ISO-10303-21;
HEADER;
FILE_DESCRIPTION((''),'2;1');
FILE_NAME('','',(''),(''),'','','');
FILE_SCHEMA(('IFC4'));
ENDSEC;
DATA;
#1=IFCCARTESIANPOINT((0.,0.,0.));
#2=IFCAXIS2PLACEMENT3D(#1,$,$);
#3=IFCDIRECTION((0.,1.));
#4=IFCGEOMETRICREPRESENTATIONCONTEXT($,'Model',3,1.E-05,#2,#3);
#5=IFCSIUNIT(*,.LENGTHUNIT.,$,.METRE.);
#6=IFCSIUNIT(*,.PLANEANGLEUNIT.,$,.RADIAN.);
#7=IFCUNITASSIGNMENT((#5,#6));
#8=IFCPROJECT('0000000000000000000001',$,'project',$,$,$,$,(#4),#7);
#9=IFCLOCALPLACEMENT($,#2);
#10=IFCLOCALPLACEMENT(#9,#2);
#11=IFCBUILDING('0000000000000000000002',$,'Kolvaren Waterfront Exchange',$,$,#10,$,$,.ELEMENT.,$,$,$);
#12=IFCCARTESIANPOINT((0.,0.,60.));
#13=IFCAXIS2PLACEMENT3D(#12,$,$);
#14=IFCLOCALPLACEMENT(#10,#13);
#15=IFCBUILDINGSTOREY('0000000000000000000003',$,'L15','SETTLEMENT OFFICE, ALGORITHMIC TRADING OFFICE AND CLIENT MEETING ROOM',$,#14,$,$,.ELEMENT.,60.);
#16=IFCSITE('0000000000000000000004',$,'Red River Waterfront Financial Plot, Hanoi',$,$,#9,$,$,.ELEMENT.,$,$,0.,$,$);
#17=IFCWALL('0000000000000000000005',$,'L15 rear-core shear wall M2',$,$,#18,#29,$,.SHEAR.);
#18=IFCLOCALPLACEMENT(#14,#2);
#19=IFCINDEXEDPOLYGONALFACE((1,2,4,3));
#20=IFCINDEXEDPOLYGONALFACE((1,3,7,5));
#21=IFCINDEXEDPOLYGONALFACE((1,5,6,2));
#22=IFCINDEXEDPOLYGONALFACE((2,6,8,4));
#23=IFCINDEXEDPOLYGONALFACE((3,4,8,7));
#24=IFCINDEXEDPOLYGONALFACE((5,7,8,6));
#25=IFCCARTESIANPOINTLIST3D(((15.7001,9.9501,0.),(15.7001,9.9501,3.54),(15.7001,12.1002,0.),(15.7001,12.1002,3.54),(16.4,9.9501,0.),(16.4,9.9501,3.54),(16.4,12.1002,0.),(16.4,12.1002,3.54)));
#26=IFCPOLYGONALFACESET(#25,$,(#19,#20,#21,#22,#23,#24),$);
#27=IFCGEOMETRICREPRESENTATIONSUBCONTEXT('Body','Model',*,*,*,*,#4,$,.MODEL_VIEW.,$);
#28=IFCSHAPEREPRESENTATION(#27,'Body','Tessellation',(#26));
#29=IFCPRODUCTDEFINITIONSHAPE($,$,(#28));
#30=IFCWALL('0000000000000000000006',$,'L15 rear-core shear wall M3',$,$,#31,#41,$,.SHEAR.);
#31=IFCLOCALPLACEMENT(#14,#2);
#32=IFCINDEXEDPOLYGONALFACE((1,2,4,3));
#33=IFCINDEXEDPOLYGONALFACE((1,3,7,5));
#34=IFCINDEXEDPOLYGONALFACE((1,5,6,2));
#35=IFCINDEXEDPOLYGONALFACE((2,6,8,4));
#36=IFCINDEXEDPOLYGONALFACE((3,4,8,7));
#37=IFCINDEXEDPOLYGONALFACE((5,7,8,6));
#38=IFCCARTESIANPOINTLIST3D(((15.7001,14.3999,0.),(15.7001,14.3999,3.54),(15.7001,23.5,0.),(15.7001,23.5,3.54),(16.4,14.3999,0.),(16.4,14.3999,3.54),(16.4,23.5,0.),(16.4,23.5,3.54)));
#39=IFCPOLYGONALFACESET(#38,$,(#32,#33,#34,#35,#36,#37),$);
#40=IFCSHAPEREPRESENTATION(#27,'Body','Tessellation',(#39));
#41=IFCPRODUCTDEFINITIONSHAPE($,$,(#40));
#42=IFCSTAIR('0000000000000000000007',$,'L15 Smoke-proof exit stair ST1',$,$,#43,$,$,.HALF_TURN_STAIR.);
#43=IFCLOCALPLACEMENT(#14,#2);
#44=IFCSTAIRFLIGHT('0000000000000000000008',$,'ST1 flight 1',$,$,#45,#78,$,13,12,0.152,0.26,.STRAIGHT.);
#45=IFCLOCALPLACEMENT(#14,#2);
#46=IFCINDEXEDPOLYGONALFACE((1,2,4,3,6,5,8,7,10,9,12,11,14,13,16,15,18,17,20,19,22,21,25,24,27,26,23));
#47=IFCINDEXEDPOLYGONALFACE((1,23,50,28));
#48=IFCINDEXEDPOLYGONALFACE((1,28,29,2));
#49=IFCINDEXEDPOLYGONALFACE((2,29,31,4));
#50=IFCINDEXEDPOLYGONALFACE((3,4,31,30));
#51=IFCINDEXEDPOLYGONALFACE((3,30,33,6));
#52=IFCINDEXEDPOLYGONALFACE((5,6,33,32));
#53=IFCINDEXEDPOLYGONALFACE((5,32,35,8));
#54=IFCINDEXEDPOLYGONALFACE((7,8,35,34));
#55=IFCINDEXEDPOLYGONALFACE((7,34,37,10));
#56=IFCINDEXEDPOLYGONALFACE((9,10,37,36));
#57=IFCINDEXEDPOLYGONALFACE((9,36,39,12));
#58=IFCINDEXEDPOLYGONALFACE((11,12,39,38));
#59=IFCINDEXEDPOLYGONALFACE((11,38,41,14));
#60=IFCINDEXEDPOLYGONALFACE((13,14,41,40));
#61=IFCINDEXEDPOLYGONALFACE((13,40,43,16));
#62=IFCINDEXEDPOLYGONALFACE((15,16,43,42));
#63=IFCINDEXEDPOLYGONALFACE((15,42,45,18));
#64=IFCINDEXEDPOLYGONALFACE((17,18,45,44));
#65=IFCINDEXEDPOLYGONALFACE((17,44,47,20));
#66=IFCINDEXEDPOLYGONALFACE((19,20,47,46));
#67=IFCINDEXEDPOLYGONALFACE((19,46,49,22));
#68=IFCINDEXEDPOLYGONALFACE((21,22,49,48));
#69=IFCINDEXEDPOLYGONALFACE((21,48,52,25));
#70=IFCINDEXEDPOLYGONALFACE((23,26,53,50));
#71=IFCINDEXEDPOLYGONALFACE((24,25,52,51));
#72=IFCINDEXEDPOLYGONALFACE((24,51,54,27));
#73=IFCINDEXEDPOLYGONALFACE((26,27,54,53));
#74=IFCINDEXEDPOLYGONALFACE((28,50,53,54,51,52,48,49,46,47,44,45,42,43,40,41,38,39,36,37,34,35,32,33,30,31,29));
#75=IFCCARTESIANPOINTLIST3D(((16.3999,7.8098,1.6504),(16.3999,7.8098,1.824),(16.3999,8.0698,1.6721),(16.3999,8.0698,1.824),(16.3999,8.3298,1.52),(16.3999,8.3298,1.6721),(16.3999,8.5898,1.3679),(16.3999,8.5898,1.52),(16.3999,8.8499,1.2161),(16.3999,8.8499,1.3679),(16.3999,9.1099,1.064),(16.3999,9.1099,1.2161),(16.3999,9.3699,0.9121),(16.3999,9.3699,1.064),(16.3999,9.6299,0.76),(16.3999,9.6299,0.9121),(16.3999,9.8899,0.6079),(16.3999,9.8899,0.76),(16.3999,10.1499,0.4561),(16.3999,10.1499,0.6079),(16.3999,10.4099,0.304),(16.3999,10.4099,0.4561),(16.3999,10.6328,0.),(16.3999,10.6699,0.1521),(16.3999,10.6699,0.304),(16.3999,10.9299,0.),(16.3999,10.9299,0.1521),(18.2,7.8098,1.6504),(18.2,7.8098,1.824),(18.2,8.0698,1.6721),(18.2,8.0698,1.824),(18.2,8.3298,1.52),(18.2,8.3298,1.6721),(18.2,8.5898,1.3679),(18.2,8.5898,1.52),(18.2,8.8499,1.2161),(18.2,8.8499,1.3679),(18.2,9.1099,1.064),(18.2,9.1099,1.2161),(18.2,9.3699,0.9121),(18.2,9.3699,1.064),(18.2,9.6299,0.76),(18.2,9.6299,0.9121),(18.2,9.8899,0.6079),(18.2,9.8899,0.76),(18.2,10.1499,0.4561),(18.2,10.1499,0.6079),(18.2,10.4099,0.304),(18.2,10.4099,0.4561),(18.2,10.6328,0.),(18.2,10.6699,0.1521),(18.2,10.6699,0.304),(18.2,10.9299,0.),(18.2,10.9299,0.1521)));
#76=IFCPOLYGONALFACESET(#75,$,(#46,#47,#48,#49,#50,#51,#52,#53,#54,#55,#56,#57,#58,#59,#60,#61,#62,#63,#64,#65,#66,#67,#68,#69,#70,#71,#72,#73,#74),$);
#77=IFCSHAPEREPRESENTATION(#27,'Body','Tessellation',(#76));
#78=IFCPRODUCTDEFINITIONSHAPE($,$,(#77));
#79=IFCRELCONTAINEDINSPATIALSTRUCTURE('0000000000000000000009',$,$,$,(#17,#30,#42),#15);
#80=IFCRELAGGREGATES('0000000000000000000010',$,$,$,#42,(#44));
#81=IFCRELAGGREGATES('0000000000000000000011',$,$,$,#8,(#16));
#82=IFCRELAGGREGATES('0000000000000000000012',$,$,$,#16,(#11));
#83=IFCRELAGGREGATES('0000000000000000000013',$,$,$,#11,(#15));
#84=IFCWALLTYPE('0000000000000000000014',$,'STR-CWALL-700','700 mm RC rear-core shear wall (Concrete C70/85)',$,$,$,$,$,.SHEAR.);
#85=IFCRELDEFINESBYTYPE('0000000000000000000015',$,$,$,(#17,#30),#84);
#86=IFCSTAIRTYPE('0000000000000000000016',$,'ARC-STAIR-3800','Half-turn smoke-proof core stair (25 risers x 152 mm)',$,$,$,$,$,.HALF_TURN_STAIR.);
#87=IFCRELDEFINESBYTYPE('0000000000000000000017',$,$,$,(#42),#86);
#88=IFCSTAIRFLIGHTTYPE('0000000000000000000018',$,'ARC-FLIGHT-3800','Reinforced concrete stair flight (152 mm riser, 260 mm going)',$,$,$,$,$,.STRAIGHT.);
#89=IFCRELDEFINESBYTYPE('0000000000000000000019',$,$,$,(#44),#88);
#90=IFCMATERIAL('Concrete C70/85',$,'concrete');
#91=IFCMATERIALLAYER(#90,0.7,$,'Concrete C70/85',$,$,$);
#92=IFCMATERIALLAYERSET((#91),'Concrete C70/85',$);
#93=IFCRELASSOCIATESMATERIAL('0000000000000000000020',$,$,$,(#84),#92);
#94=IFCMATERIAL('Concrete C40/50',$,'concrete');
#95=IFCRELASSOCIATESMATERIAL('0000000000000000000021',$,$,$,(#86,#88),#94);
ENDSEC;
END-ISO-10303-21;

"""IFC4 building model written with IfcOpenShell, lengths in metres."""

from ifc_helpers import new_model, si_unit, direction, frame, frame_2d, origin, place, context, subcontext, project, spatial, polyline, rectangle, outline, extrude, material, layer, layer_set, type_object, element, aggregate, save


model = new_model("IFC4")

# Units and contexts
model_context = context("Model", 3, precision=1e-05, world=origin(), true_north=direction((0.0, 1.0)))
body_context = subcontext(model_context, "Body", "Model", "MODEL_VIEW")
ifc_project = project(units=[si_unit("LENGTHUNIT", "METRE"), si_unit("PLANEANGLEUNIT", "RADIAN")], contexts=[model_context])

# Site, building, storey
site_placement = place(None, origin())
site = spatial("IfcSite", under=ifc_project, at=site_placement, Name="Red River Waterfront Financial Plot, Hanoi", CompositionType="ELEMENT", RefElevation=0.0)
building_placement = place(site_placement, origin())
building = spatial("IfcBuilding", under=site, at=building_placement, Name="Kolvaren Waterfront Exchange", CompositionType="ELEMENT")
storey_placement = place(building_placement, frame((0.0, 0.0, 60.0)))
storey = spatial("IfcBuildingStorey", under=building, at=storey_placement, Name="L15", Description="SETTLEMENT OFFICE, ALGORITHMIC TRADING OFFICE AND CLIENT MEETING ROOM", CompositionType="ELEMENT", Elevation=60.0)

# Walls
ifc_material_1 = material(Name="Concrete C40/50", Category="concrete")
ifc_material_2 = material(Name="Concrete C70/85", Category="concrete")
ifc_layer_1 = layer(ifc_material_2, 0.7, Name="Concrete C70/85")
ifc_layer_set_1 = layer_set([ifc_layer_1], Name="Concrete C70/85")
wall_type_1 = type_object("IfcWallType", Name="STR-CWALL-700", Description="700 mm RC rear-core shear wall (Concrete C70/85)", PredefinedType="SHEAR", material=ifc_layer_set_1)
wall_1_placement = place(storey_placement, frame((16.05, 9.95, 0.0), z_axis=(0.0, 0.0, 1.0), x_axis=(0.0, 1.0, 0.0)))
element("IfcWall", 1, at=wall_1_placement, inside=storey, type_object=wall_type_1, Name="L15 rear-core shear wall M2", PredefinedType="SHEAR", context=body_context, shape_type="SweptSolid", body=[
    extrude(rectangle(XDim=2.1501, YDim=0.7, at=frame_2d((1.0752, 0.0))), origin(), (0.0, 0.0, 1.0), 3.54),
])
wall_2_placement = place(storey_placement, frame((16.05, 14.3999, 0.0), z_axis=(0.0, 0.0, 1.0), x_axis=(0.0, 1.0, 0.0)))
element("IfcWall", 2, at=wall_2_placement, inside=storey, type_object=wall_type_1, Name="L15 rear-core shear wall M3", PredefinedType="SHEAR", context=body_context, shape_type="SweptSolid", body=[
    extrude(rectangle(XDim=9.1001, YDim=0.7, at=frame_2d((4.55, 0.0))), origin(), (0.0, 0.0, 1.0), 3.54),
])

# Stair, stair flight
stair_type = type_object("IfcStairType", Name="ARC-STAIR-3800", Description="Half-turn smoke-proof core stair (25 risers x 152 mm)", PredefinedType="HALF_TURN_STAIR", material=ifc_material_1)
stair_placement = place(storey_placement, origin())
stair = element("IfcStair", 3, at=stair_placement, inside=storey, type_object=stair_type, Name="L15 Smoke-proof exit stair ST1", PredefinedType="HALF_TURN_STAIR")
stair_flight_type = type_object("IfcStairFlightType", Name="ARC-FLIGHT-3800", Description="Reinforced concrete stair flight (152 mm riser, 260 mm going)", PredefinedType="STRAIGHT", material=ifc_material_1)
stair_flight_placement = place(storey_placement, frame((17.3, 10.9299, 0.0), z_axis=(0.0, 0.0, 1.0), x_axis=(0.0, -1.0, 0.0)))
stair_flight = element("IfcStairFlight", 4, at=stair_flight_placement, type_object=stair_flight_type, Name="ST1 flight 1", NumberOfRisers=13, NumberOfTreads=12, PredefinedType="STRAIGHT", RiserHeight=0.152, TreadLength=0.26, context=body_context, shape_type="SweptSolid", body=[
    extrude(outline(polyline([(0.0, 0.0), (0.0, 0.1521), (0.26, 0.1521), (0.26, 0.304), (0.52, 0.304), (0.52, 0.4561), (0.78, 0.4561), (0.78, 0.6079), (1.04, 0.6079), (1.04, 0.76), (1.3, 0.76), (1.3, 0.9121), (1.5601, 0.9121), (1.5601, 1.064), (1.8201, 1.064), (1.8201, 1.2161), (2.0801, 1.2161), (2.0801, 1.3679), (2.3401, 1.3679), (2.3401, 1.52), (2.6001, 1.52), (2.6001, 1.6721), (2.8601, 1.6721), (2.8601, 1.824), (3.1201, 1.824), (3.1201, 1.9761), (3.1201, 1.6504), (0.2971, 0.0), (0.0, 0.0)])), frame((0.0, 0.8999, 0.0), z_axis=(0.0, -1.0, 0.0), x_axis=(1.0, 0.0, 0.0)), (0.0, 0.0, 1.0), 1.8),
])
aggregate(stair, [stair_flight])

save(model, "model.ifc")
